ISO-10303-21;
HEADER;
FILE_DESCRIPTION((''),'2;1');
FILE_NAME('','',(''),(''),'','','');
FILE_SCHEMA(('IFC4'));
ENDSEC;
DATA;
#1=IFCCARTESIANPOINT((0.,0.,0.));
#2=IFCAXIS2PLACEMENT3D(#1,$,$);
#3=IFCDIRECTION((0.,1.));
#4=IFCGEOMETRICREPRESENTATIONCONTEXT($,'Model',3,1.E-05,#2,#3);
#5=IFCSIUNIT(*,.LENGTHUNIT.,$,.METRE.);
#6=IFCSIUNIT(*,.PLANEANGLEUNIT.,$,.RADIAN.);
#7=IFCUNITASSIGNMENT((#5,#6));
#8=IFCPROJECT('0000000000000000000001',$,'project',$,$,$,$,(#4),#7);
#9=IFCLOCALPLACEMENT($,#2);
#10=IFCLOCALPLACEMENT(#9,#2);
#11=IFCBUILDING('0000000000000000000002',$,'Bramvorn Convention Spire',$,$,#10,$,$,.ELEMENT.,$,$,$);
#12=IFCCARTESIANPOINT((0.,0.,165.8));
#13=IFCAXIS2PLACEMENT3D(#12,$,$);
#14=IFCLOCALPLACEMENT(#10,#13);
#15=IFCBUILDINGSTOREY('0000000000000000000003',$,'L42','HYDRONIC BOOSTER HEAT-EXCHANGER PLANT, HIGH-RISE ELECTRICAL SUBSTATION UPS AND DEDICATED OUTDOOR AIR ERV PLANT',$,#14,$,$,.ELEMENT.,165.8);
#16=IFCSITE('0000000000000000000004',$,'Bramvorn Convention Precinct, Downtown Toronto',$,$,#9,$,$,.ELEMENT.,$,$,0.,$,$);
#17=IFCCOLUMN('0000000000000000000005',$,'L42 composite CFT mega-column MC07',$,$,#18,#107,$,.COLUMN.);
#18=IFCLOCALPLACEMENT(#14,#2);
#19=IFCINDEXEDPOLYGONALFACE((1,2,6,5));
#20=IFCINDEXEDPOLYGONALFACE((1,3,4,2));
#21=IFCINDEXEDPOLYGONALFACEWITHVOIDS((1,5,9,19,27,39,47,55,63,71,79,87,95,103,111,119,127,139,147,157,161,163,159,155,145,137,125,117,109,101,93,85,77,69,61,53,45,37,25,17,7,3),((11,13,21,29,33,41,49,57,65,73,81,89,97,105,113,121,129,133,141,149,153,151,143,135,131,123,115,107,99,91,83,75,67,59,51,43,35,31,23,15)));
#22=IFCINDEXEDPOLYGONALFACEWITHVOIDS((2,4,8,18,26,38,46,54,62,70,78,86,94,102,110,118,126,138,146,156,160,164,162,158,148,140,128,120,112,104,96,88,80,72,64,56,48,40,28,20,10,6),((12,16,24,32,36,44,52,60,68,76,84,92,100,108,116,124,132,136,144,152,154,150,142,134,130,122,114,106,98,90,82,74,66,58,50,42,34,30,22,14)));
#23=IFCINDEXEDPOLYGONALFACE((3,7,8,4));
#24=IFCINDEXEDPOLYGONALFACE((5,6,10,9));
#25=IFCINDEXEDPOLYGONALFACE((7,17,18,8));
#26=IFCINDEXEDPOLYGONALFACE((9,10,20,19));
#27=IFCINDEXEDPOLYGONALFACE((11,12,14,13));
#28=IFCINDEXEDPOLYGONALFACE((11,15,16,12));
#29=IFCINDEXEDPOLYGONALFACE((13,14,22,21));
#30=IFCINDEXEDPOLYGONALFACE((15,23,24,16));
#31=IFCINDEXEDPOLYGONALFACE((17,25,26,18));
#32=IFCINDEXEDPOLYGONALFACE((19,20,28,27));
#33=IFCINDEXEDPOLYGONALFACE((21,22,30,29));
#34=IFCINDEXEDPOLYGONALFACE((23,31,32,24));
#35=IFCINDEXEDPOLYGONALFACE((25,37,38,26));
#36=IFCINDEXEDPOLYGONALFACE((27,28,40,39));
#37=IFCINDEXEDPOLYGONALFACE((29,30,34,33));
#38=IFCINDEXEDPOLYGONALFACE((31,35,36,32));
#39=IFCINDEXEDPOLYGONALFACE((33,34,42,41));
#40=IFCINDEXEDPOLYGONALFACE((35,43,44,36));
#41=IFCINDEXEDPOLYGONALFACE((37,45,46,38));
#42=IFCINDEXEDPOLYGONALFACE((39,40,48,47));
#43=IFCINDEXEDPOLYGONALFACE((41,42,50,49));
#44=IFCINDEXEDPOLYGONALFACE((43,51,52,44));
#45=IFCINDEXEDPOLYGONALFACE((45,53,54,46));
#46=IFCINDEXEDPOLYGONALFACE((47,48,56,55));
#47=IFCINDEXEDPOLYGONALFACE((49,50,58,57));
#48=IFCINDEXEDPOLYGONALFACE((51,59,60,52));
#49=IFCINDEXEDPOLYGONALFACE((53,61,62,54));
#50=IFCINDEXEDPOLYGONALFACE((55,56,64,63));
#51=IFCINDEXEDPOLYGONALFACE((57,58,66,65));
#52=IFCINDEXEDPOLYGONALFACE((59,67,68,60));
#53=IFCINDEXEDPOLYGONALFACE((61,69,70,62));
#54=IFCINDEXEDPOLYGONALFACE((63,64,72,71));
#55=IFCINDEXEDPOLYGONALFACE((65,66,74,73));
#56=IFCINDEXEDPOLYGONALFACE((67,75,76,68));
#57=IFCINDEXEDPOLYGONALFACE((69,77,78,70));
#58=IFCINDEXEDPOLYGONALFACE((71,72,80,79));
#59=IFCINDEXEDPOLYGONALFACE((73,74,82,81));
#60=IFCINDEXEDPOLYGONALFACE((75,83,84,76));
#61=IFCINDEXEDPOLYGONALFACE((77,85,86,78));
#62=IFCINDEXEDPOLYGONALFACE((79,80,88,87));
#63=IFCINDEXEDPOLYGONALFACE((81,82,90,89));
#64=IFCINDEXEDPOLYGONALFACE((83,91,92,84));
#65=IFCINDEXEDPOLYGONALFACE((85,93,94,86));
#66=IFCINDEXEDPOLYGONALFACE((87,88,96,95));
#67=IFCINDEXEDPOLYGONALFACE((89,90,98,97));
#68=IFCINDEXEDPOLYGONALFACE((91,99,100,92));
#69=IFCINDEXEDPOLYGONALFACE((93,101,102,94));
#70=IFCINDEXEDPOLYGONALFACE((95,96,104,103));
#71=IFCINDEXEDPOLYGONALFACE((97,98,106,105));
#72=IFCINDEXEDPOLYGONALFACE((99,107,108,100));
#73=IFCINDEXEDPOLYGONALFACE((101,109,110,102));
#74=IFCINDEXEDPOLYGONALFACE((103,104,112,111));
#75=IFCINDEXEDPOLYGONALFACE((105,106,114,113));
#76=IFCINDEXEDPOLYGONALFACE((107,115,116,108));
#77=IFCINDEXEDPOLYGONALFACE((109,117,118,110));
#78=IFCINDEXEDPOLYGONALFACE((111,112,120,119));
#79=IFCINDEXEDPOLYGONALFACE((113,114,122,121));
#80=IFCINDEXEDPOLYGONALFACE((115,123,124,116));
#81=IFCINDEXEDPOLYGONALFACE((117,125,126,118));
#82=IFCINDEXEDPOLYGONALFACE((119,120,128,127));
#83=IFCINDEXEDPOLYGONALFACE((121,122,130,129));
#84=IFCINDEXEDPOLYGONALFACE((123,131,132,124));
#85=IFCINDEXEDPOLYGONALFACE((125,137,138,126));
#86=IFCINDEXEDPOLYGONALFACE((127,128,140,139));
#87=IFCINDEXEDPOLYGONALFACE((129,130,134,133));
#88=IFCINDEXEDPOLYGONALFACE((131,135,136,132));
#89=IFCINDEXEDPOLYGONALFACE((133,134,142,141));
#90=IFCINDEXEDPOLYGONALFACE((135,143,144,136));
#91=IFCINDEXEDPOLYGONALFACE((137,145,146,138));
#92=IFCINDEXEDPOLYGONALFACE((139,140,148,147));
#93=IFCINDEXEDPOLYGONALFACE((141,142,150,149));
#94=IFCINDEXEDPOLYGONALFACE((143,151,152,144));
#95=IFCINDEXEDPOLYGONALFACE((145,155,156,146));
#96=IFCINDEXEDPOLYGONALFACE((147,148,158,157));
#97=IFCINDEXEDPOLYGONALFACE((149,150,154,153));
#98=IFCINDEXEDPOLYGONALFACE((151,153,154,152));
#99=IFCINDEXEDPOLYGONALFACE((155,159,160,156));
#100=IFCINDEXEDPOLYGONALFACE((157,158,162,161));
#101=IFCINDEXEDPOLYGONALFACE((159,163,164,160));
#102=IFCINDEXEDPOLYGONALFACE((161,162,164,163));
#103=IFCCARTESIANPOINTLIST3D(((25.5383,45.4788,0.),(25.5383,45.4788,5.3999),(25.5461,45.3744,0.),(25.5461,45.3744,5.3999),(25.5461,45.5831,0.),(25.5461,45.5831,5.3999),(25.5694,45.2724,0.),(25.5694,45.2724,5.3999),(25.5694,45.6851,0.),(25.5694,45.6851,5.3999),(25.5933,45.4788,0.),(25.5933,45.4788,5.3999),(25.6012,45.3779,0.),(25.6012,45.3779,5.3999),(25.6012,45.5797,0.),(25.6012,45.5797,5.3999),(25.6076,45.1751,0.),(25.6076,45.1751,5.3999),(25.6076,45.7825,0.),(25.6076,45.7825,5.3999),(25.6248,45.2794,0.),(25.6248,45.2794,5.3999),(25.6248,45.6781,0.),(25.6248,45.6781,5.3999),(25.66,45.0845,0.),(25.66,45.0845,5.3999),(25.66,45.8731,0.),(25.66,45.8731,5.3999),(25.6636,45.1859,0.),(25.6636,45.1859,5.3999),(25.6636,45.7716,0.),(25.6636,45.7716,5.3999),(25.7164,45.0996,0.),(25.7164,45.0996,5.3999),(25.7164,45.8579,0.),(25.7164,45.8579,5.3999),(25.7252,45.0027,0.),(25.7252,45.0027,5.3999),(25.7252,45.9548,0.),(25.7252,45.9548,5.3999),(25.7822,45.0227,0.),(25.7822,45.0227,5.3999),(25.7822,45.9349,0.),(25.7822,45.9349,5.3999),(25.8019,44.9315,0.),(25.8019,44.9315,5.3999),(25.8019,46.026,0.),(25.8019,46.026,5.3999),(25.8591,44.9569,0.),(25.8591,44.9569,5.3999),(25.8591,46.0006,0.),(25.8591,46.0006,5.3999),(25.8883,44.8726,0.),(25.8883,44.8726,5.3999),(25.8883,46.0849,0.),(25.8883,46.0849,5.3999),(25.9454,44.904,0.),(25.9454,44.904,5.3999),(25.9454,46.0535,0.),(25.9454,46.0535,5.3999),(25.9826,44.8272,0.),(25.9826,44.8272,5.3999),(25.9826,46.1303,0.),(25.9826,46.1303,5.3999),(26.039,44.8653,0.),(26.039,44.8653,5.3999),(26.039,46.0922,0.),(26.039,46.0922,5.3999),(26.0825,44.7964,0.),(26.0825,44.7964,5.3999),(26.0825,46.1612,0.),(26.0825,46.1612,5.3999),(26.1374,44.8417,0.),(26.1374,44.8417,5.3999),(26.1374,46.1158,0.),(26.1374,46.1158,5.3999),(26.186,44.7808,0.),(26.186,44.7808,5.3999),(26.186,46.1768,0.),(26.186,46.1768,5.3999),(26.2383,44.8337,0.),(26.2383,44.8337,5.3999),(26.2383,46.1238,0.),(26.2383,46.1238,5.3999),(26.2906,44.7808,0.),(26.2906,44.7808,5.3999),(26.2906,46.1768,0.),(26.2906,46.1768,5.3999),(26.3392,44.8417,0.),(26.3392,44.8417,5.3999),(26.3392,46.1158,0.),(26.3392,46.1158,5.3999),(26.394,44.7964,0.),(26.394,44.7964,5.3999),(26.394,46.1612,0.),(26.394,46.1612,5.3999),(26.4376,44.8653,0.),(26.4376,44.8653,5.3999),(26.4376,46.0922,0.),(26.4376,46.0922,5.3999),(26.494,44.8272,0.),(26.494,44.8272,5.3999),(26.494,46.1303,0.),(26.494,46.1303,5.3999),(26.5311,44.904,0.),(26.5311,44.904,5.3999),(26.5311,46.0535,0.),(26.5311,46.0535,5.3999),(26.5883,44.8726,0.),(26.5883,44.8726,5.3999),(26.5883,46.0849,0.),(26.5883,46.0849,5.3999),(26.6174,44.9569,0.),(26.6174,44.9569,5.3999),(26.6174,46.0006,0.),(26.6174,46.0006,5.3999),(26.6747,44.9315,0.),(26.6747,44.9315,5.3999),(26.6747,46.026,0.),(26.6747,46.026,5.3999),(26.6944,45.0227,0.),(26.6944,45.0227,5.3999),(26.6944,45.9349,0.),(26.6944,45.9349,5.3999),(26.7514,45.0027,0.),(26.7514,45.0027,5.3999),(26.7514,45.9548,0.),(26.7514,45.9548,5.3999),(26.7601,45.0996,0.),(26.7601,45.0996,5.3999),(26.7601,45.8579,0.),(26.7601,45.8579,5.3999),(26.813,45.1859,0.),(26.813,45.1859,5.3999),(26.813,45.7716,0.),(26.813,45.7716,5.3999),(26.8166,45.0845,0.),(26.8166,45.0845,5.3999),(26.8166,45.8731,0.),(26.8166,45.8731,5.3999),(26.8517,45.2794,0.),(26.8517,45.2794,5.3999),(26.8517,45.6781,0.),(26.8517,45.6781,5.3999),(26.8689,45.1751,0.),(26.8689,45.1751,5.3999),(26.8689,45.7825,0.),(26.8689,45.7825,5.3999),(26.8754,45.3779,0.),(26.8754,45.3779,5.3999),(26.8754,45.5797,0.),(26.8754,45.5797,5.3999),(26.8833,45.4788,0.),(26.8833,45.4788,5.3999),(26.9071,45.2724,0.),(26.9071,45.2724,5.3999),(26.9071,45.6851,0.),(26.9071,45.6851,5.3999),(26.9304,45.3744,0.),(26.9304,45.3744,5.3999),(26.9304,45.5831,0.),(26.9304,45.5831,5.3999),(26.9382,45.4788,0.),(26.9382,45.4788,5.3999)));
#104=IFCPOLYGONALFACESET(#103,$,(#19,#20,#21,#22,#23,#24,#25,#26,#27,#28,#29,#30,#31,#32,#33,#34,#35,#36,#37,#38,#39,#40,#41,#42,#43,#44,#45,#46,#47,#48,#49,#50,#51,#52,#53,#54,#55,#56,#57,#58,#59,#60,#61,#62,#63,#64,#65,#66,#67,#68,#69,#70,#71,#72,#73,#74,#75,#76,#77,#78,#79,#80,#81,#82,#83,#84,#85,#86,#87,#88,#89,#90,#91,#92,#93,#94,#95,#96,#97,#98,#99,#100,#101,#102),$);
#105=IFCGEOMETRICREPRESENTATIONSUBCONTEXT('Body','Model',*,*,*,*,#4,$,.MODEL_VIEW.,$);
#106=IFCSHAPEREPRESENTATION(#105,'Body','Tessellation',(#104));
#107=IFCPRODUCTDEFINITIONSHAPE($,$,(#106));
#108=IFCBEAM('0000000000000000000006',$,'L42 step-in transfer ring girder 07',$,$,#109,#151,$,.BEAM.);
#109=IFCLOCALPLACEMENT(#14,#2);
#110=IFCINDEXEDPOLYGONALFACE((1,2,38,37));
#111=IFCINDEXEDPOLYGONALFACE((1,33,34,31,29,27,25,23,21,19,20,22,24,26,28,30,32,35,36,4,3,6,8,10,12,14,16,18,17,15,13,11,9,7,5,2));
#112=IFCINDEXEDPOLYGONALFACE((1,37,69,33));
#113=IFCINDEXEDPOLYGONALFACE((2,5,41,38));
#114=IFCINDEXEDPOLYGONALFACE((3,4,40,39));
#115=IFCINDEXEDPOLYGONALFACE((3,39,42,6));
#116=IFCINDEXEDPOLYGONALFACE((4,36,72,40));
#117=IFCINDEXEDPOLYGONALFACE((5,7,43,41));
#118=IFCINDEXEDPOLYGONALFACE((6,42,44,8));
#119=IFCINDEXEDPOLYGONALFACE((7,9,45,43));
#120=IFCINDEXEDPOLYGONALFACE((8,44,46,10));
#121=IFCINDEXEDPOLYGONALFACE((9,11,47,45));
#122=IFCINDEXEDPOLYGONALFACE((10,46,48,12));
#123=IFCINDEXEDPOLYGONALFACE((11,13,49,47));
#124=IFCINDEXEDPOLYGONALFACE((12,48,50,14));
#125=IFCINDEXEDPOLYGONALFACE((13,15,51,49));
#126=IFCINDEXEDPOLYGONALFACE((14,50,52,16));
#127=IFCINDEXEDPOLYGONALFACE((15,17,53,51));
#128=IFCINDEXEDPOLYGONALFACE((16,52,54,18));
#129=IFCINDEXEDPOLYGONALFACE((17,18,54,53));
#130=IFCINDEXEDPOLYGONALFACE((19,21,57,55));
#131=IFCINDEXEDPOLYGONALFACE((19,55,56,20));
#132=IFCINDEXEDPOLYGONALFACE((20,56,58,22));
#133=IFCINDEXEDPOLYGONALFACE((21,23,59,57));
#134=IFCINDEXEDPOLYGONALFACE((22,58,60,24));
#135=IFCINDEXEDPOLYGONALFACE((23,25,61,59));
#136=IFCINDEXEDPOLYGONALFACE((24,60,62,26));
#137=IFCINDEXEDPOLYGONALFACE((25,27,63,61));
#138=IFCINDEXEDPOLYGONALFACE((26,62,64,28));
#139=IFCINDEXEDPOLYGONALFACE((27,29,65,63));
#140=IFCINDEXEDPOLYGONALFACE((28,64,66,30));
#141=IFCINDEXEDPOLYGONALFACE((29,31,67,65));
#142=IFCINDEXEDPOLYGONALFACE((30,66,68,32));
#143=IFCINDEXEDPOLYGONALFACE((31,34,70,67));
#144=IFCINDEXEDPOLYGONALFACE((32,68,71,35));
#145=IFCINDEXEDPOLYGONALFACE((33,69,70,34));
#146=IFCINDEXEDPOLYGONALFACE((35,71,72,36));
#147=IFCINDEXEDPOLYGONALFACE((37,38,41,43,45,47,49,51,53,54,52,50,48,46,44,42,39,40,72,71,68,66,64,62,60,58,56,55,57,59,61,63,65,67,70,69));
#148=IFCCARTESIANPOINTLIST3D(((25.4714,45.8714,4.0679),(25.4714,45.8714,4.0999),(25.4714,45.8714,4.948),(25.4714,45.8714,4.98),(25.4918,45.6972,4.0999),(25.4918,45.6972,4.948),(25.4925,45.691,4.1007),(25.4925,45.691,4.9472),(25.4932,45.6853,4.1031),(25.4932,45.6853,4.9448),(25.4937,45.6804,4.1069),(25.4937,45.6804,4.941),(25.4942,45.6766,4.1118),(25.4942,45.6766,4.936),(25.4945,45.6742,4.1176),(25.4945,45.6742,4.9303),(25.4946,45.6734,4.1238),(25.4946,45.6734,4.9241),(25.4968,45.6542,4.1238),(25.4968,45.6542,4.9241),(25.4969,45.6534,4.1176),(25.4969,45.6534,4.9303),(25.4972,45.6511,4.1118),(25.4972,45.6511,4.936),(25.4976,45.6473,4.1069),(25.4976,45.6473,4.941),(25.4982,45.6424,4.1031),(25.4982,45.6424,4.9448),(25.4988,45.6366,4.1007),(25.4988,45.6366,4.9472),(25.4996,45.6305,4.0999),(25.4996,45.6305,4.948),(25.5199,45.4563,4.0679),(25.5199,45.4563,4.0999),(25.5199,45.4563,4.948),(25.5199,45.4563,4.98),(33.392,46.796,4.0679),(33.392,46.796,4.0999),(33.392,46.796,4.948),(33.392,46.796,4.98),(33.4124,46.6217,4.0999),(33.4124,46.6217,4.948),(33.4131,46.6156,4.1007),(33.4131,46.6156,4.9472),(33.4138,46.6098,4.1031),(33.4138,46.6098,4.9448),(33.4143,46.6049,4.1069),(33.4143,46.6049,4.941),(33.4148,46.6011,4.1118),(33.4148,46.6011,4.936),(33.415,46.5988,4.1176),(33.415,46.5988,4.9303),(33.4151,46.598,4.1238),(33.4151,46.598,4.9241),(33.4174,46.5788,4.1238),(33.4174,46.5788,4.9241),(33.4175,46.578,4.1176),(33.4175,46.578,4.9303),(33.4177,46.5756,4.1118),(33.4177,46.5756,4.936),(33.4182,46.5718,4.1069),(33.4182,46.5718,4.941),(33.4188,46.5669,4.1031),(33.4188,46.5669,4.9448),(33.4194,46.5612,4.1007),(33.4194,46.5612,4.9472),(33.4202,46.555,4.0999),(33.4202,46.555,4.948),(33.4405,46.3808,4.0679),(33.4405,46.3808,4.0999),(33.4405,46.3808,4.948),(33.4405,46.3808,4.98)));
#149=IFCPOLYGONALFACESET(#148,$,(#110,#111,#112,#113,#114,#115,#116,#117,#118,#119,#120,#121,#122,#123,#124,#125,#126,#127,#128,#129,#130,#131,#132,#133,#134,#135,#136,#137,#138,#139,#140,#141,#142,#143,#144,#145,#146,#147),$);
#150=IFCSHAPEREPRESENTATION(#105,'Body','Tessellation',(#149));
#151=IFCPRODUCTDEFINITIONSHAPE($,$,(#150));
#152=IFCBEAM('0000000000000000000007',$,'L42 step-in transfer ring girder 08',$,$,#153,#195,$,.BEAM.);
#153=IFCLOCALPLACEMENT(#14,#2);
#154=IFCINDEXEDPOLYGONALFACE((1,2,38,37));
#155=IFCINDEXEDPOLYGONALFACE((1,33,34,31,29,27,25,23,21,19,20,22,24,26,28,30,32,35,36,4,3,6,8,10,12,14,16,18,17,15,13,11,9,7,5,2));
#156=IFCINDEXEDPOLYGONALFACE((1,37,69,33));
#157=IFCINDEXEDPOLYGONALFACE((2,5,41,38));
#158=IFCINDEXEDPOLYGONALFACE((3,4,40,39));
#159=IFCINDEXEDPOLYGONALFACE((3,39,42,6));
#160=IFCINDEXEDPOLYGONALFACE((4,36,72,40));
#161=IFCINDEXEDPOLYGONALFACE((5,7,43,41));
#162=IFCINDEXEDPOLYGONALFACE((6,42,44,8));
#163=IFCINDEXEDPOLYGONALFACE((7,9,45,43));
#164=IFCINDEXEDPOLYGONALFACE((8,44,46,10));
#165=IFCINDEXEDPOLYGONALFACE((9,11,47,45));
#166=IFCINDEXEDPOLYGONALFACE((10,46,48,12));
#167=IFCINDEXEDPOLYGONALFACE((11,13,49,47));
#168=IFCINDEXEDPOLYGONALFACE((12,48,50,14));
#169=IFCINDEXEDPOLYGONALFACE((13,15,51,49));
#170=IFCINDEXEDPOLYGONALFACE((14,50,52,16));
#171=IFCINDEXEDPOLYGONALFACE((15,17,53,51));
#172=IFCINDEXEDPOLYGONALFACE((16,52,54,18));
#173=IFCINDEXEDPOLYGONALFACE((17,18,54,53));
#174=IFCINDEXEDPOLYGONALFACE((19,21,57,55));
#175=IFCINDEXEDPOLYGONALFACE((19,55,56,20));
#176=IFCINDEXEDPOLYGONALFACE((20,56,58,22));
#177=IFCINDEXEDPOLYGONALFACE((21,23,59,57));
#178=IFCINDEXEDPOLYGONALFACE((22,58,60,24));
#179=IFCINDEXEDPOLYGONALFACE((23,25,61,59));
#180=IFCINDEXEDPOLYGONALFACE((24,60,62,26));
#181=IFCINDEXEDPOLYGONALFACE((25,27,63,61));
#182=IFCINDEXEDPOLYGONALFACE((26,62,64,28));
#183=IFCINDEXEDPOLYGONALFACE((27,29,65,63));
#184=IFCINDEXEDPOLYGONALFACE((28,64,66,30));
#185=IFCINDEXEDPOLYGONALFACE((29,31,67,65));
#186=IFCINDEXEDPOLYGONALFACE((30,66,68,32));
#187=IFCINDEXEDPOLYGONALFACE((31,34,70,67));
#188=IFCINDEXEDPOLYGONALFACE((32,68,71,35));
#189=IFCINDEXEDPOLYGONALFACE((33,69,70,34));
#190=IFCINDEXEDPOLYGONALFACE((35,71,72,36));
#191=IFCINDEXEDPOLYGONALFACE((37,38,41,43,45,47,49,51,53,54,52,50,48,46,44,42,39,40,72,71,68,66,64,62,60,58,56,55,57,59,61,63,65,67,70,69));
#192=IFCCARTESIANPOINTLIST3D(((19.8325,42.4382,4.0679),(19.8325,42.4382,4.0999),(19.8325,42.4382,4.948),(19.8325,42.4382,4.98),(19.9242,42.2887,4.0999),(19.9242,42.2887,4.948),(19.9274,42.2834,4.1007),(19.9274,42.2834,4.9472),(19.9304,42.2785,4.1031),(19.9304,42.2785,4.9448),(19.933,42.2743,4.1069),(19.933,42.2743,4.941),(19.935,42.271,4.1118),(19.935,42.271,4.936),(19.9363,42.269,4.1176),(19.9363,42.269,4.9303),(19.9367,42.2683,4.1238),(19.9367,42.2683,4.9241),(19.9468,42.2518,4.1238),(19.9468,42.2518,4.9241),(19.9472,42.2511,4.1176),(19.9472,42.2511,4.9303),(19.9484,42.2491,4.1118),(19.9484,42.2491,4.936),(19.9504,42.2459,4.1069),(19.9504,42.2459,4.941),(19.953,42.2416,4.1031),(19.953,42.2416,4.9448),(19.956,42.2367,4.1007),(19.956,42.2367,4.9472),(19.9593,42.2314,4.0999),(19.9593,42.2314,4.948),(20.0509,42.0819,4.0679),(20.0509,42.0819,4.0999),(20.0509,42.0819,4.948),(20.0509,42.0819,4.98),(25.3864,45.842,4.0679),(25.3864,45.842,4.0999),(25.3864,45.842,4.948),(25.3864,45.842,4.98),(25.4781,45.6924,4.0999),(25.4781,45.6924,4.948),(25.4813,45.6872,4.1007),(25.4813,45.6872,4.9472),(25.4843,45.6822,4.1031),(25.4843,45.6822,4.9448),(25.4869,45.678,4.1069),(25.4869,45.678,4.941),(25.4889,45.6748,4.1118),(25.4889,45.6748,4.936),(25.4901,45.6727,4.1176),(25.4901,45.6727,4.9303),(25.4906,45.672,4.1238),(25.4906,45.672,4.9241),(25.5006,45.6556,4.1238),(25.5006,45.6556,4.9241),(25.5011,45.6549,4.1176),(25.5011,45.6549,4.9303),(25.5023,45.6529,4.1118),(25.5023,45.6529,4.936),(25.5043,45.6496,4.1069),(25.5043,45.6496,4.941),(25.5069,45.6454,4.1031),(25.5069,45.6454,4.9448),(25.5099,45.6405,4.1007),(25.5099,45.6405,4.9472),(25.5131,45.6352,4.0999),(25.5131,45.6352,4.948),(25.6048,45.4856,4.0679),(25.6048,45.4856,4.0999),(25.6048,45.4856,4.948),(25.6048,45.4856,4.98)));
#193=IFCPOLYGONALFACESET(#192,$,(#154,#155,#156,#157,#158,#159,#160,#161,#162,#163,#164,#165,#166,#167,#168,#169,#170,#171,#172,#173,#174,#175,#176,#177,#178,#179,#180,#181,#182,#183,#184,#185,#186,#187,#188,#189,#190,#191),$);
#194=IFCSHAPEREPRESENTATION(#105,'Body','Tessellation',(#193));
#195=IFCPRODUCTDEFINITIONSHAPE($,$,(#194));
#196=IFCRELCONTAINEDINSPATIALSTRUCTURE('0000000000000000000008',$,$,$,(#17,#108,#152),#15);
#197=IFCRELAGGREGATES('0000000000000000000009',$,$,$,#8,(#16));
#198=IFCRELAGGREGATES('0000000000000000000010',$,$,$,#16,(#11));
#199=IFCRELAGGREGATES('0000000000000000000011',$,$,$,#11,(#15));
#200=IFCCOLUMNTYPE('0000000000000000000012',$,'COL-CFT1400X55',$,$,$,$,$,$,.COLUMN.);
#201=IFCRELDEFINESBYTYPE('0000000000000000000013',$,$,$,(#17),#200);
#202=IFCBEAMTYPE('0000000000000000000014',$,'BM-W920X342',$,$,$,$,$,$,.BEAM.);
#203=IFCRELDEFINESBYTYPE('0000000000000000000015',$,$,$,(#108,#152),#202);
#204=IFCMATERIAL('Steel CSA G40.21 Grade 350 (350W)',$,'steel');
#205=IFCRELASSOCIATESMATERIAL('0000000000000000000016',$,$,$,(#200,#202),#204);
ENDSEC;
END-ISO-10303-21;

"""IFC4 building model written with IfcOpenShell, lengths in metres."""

from ifc_helpers import new_model, si_unit, direction, frame, origin, origin_2d, place, context, subcontext, project, spatial, hollow_circle, i_section, extrude, material, material_profile, profile_set, type_object, element, save


model = new_model("IFC4")

# Units and contexts
model_context = context("Model", 3, precision=1e-05, world=origin(), true_north=direction((0.0, 1.0)))
body_context = subcontext(model_context, "Body", "Model", "MODEL_VIEW")
ifc_project = project(units=[si_unit("LENGTHUNIT", "METRE"), si_unit("PLANEANGLEUNIT", "RADIAN")], contexts=[model_context])

# Site, building, storey
site_placement = place(None, origin())
site = spatial("IfcSite", under=ifc_project, at=site_placement, Name="Bramvorn Convention Precinct, Downtown Toronto", CompositionType="ELEMENT", RefElevation=0.0)
building_placement = place(site_placement, origin())
building = spatial("IfcBuilding", under=site, at=building_placement, Name="Bramvorn Convention Spire", CompositionType="ELEMENT")
storey_placement = place(building_placement, frame((0.0, 0.0, 165.8)))
storey = spatial("IfcBuildingStorey", under=building, at=storey_placement, Name="L42", Description="HYDRONIC BOOSTER HEAT-EXCHANGER PLANT, HIGH-RISE ELECTRICAL SUBSTATION UPS AND DEDICATED OUTDOOR AIR ERV PLANT", CompositionType="ELEMENT", Elevation=165.8)

# Column
ifc_material_1 = material(Name="Steel CSA G40.21 Grade 350 (350W)", Category="steel")
ifc_material_profile_1 = material_profile(ifc_material_1, hollow_circle(Radius=0.7, WallThickness=0.0549, at=origin_2d()))
ifc_profile_set_1 = profile_set([ifc_material_profile_1], Name="Steel CSA G40.21 Grade 350 (350W) - CFT1400X55")
column_type = type_object("IfcColumnType", Name="COL-CFT1400X55", PredefinedType="COLUMN", material=ifc_profile_set_1)
column_placement = place(storey_placement, frame((26.2383, 45.4788, 0.0), z_axis=(0.0, 0.0, 1.0), x_axis=(1.0, 0.0, 0.0)))
element("IfcColumn", 1, at=column_placement, inside=storey, type_object=column_type, Name="L42 composite CFT mega-column MC07", PredefinedType="COLUMN", context=body_context, shape_type="SweptSolid", body=[
    extrude(hollow_circle(Radius=0.7, WallThickness=0.0549, at=origin_2d()), origin(), (0.0, 0.0, 1.0), 5.3999),
])

# Beams
ifc_material_profile_2 = material_profile(ifc_material_1, i_section(OverallWidth=0.418, OverallDepth=0.9121, WebThickness=0.0193, FlangeThickness=0.032, FilletRadius=0.0239, at=origin_2d()))
ifc_profile_set_2 = profile_set([ifc_material_profile_2], Name="Steel CSA G40.21 Grade 350 (350W) - W920X342")
beam_type = type_object("IfcBeamType", Name="BM-W920X342", PredefinedType="BEAM", material=ifc_profile_set_2)
beam_1_placement = place(storey_placement, frame((33.4163, 46.5884, 4.5239), z_axis=(-0.993256, -0.115941, 0.0), x_axis=(0.115941, -0.993256, 0.0)))
element("IfcBeam", 2, at=beam_1_placement, inside=storey, type_object=beam_type, Name="L42 step-in transfer ring girder 07", PredefinedType="BEAM", context=body_context, shape_type="SweptSolid", body=[
    extrude(i_section(OverallWidth=0.418, OverallDepth=0.9121, WebThickness=0.0193, FlangeThickness=0.032, FilletRadius=0.0239, at=origin_2d()), origin(), (0.0, 0.0, 1.0), 7.9744),
])
beam_2_placement = place(storey_placement, frame((25.4956, 45.6638, 4.5239), z_axis=(-0.852617, -0.522537, 0.0), x_axis=(0.522537, -0.852617, 0.0)))
element("IfcBeam", 3, at=beam_2_placement, inside=storey, type_object=beam_type, Name="L42 step-in transfer ring girder 08", PredefinedType="BEAM", context=body_context, shape_type="SweptSolid", body=[
    extrude(i_section(OverallWidth=0.418, OverallDepth=0.9121, WebThickness=0.0193, FlangeThickness=0.032, FilletRadius=0.0239, at=origin_2d()), origin(), (0.0, 0.0, 1.0), 6.5139),
])

save(model, "model.ifc")
